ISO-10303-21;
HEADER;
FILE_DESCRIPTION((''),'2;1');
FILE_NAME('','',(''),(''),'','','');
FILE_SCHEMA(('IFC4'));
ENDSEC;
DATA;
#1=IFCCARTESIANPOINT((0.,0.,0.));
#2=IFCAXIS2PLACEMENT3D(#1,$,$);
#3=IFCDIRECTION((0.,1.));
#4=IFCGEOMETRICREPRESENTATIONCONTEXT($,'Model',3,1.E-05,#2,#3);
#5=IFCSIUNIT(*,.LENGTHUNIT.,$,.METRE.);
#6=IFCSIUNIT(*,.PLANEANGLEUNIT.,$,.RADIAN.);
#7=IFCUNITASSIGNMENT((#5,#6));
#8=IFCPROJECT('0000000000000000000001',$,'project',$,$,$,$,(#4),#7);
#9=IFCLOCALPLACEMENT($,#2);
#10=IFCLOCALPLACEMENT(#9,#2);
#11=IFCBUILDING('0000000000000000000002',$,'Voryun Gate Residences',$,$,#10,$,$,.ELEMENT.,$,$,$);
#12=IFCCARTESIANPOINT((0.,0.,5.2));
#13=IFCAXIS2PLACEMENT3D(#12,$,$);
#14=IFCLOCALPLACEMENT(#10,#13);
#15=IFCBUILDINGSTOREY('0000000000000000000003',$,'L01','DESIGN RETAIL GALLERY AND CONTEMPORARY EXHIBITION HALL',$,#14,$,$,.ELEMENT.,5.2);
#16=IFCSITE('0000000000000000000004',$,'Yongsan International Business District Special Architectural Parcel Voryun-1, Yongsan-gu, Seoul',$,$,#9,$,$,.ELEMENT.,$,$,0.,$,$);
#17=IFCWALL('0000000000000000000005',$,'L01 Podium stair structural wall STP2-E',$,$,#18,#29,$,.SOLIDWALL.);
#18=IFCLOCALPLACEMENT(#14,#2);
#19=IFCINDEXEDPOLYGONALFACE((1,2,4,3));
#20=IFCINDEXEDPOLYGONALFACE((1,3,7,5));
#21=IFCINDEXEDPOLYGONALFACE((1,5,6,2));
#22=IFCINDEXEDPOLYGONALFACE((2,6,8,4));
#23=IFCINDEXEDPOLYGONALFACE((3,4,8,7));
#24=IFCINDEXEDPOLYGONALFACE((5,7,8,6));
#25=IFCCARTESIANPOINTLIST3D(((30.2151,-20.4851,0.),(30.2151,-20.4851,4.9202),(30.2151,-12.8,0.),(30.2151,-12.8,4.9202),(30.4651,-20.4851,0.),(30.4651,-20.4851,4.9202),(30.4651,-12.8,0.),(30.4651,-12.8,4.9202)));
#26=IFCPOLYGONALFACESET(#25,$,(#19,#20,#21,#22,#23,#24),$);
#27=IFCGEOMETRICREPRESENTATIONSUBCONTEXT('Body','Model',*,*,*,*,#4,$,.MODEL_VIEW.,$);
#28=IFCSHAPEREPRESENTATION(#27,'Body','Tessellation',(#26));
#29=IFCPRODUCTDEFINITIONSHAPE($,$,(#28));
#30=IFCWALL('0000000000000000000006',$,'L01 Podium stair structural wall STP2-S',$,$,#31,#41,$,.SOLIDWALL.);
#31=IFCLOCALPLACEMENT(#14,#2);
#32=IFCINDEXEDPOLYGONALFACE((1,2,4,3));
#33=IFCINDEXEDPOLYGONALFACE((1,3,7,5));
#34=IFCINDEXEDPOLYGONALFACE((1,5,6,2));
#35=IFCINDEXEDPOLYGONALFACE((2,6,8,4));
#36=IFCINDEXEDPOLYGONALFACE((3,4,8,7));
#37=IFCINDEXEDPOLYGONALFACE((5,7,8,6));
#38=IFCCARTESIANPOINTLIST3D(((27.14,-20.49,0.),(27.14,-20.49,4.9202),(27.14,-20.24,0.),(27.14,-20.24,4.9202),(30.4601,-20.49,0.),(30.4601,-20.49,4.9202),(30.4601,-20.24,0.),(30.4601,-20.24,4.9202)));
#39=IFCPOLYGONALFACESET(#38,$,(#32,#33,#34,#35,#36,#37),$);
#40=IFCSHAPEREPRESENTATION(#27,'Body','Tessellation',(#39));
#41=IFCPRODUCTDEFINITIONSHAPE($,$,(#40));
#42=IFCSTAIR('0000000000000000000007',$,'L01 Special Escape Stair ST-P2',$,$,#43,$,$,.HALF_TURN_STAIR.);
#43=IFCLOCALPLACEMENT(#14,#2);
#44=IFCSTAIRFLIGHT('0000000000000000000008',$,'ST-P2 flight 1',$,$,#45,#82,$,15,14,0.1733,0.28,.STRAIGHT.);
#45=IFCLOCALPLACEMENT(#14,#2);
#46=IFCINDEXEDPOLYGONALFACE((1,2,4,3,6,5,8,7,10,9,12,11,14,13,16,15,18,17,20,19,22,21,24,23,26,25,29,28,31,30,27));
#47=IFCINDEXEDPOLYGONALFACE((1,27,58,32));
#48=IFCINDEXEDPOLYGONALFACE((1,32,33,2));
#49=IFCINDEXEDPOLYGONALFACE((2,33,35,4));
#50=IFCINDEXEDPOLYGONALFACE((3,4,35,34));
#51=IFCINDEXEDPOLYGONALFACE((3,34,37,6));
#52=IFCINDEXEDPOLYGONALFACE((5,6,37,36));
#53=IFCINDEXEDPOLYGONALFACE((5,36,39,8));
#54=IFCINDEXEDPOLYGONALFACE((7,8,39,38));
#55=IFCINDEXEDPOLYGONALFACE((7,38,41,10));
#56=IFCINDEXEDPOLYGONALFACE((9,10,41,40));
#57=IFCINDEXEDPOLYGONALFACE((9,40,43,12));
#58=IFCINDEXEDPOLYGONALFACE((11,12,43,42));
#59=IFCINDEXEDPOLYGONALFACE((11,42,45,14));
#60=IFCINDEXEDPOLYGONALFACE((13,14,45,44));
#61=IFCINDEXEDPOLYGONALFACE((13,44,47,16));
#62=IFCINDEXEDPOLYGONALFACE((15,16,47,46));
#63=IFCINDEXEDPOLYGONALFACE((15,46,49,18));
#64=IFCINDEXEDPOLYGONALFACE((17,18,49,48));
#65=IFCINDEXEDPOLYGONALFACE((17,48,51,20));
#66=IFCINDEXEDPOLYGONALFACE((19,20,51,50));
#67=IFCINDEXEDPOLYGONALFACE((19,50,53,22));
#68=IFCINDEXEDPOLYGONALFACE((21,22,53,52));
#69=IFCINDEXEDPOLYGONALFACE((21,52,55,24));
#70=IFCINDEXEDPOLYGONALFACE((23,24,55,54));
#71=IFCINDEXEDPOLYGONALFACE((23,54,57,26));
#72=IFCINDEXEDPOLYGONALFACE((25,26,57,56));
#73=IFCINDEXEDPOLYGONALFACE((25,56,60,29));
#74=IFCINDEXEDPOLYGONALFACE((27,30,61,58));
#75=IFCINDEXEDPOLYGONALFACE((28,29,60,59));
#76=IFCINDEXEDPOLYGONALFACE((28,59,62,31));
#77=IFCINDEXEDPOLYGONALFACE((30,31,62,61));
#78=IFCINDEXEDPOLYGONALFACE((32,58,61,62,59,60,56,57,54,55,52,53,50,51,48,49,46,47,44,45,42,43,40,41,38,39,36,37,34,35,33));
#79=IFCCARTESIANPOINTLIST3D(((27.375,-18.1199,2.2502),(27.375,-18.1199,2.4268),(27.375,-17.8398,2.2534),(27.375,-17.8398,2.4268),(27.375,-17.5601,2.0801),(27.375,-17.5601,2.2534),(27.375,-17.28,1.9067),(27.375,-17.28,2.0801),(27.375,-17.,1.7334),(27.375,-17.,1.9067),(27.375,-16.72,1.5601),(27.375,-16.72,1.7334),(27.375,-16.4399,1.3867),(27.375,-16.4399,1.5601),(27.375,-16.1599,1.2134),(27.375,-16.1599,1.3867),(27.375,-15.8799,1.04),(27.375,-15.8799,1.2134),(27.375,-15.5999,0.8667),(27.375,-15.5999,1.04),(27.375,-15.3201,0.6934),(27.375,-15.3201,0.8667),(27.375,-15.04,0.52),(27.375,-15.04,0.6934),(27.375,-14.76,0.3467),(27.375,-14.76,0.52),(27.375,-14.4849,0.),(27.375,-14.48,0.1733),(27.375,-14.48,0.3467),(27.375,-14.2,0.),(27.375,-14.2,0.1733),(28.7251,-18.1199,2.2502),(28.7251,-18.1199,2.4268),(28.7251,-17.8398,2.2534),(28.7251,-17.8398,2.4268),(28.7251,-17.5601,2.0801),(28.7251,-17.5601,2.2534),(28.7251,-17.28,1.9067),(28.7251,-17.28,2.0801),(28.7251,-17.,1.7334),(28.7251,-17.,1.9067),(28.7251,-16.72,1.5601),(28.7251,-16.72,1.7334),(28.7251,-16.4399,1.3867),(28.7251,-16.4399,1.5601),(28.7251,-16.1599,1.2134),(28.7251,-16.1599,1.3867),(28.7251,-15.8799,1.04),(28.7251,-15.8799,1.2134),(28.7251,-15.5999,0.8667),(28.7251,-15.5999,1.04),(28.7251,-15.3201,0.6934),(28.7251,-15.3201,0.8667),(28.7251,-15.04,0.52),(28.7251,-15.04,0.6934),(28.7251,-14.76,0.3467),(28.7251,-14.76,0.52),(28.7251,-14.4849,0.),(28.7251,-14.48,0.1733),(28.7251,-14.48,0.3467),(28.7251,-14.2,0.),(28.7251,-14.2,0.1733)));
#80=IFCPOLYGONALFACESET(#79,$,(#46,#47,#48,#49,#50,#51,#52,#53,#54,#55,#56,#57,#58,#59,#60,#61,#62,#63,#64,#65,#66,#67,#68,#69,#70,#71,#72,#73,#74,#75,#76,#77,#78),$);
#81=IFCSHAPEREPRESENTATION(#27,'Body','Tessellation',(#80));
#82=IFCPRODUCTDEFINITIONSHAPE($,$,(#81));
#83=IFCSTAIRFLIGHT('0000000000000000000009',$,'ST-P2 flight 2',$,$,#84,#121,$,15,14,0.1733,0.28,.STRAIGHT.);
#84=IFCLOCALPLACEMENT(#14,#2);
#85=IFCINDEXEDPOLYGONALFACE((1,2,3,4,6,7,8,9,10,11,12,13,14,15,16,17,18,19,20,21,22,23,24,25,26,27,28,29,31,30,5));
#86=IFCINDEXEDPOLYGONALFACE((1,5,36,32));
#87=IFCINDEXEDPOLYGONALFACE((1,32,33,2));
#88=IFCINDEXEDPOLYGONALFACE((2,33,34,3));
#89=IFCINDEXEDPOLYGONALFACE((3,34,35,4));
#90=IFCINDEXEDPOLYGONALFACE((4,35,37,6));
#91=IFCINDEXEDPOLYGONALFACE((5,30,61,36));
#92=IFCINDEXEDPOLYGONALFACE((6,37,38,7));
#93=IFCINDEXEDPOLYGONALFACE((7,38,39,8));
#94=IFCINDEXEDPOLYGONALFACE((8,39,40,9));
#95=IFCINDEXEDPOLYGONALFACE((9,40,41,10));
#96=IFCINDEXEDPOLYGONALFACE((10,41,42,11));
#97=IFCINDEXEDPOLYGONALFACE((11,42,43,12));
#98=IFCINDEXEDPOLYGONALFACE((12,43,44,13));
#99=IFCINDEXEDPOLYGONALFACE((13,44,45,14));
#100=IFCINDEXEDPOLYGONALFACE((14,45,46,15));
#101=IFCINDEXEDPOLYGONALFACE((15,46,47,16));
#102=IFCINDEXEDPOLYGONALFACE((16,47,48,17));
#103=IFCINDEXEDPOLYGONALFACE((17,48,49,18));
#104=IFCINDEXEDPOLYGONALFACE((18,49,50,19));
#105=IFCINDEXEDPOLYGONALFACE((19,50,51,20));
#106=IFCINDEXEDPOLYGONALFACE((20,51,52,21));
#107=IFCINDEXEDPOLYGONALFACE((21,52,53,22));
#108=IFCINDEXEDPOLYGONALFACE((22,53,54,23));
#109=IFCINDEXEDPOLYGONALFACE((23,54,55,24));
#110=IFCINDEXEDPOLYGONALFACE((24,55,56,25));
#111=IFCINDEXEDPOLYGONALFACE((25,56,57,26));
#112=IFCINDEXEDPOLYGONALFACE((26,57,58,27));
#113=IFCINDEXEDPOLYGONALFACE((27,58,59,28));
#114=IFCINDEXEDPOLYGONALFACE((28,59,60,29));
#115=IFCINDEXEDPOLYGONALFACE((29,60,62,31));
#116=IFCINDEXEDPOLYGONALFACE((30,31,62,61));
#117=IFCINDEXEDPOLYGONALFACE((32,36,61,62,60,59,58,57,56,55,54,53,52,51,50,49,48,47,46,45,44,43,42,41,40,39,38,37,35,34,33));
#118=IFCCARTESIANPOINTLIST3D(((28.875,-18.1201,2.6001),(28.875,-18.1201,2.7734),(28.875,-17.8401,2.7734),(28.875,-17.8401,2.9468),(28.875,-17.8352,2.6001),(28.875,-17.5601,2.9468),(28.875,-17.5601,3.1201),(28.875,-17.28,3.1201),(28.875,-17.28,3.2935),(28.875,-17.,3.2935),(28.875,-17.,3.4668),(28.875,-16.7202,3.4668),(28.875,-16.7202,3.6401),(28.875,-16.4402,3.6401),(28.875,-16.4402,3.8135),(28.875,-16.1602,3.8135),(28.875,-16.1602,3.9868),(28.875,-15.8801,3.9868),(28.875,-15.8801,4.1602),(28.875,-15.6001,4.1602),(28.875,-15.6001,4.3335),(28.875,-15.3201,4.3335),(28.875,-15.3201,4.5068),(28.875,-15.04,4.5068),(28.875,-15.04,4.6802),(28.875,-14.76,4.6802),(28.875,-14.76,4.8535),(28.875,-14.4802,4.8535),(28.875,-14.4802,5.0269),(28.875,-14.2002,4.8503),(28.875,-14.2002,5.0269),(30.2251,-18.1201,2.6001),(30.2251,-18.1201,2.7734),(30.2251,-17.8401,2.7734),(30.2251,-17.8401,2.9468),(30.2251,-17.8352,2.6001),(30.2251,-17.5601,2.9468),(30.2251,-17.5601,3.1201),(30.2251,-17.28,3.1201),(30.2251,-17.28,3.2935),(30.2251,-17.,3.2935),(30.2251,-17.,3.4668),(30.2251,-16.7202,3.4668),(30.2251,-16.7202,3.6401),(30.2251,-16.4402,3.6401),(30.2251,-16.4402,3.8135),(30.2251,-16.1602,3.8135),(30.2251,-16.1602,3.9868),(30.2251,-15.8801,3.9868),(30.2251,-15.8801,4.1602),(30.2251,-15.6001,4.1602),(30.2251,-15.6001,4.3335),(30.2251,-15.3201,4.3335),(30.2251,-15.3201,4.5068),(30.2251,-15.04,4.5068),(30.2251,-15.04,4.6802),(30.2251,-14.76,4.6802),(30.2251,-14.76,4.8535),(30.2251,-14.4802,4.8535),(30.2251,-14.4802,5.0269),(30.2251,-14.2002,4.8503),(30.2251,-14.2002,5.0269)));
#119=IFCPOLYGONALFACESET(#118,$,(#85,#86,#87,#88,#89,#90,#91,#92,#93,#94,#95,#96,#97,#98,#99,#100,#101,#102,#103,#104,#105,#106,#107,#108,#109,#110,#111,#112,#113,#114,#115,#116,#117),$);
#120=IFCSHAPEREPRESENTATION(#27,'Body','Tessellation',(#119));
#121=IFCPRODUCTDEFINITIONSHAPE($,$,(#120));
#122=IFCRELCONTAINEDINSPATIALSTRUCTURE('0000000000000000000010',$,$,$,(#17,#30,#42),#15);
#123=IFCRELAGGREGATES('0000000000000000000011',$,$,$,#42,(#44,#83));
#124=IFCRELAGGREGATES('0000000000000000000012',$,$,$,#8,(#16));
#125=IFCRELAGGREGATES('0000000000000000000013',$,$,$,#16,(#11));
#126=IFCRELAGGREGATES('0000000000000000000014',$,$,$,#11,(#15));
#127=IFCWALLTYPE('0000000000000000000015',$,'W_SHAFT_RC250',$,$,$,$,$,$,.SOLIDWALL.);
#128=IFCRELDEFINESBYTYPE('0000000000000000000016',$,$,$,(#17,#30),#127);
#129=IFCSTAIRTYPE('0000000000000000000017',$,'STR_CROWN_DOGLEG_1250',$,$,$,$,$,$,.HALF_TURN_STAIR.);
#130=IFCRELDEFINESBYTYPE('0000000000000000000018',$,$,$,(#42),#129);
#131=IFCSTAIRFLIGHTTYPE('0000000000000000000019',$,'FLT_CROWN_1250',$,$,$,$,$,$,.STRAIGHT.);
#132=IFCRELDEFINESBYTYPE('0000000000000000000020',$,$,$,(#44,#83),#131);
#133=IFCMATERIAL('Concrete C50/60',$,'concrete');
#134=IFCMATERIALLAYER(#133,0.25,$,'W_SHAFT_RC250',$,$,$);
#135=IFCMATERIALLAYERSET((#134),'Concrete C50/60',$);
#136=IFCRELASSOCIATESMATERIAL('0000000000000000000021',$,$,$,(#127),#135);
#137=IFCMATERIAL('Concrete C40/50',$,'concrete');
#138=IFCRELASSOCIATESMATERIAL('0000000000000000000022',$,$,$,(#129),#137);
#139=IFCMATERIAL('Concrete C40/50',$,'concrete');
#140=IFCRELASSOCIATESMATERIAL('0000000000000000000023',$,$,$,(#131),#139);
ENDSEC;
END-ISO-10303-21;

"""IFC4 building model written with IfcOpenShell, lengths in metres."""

from ifc_helpers import new_model, si_unit, direction, frame, frame_2d, origin, place, context, subcontext, project, spatial, polyline, rectangle, outline, extrude, material, layer, layer_set, type_object, element, aggregate, save


model = new_model("IFC4")

# Units and contexts
model_context = context("Model", 3, precision=1e-05, world=origin(), true_north=direction((0.0, 1.0)))
body_context = subcontext(model_context, "Body", "Model", "MODEL_VIEW")
ifc_project = project(units=[si_unit("LENGTHUNIT", "METRE"), si_unit("PLANEANGLEUNIT", "RADIAN")], contexts=[model_context])

# Site, building, storey
site_placement = place(None, origin())
site = spatial("IfcSite", under=ifc_project, at=site_placement, Name="Yongsan International Business District Special Architectural Parcel Voryun-1, Yongsan-gu, Seoul", CompositionType="ELEMENT", RefElevation=0.0)
building_placement = place(site_placement, origin())
building = spatial("IfcBuilding", under=site, at=building_placement, Name="Voryun Gate Residences", CompositionType="ELEMENT")
storey_placement = place(building_placement, frame((0.0, 0.0, 5.2)))
storey = spatial("IfcBuildingStorey", under=building, at=storey_placement, Name="L01", Description="DESIGN RETAIL GALLERY AND CONTEMPORARY EXHIBITION HALL", CompositionType="ELEMENT", Elevation=5.2)

# Walls
ifc_material_1 = material(Name="Concrete C50/60", Category="concrete")
ifc_layer_1 = layer(ifc_material_1, 0.25, Name="W_SHAFT_RC250")
ifc_layer_set_1 = layer_set([ifc_layer_1], Name="Concrete C50/60")
wall_type_1 = type_object("IfcWallType", Name="W_SHAFT_RC250", PredefinedType="SOLIDWALL", material=ifc_layer_set_1)
for number, where, z_axis, x_axis, name in (
    (1, (30.3401, -20.4851, 0.0), (0.0, 0.0, 1.0), (0.0, 1.0, 0.0), "L01 Podium stair structural wall STP2-E"),
):
    element("IfcWall", number, at=place(storey_placement, frame(where, z_axis=z_axis, x_axis=x_axis)), inside=storey, type_object=wall_type_1, Name=name, PredefinedType="SOLIDWALL", context=body_context, shape_type="SweptSolid", body=[
        extrude(rectangle(XDim=7.6851, YDim=0.25, at=frame_2d((3.8425, 0.0))), origin(), (0.0, 0.0, 1.0), 4.9202),
    ])
wall_1_placement = place(storey_placement, frame((27.1399, -20.365, 0.0), z_axis=(0.0, 0.0, 1.0), x_axis=(1.0, 0.0, 0.0)))
element("IfcWall", 2, at=wall_1_placement, inside=storey, type_object=wall_type_1, Name="L01 Podium stair structural wall STP2-S", PredefinedType="SOLIDWALL", context=body_context, shape_type="SweptSolid", body=[
    extrude(rectangle(XDim=3.3201, YDim=0.25, at=frame_2d((1.6602, 0.0))), origin(), (0.0, 0.0, 1.0), 4.9202),
])

# Stair, stair flights
ifc_material_2 = material(Name="Concrete C40/50", Category="concrete")
stair_type = type_object("IfcStairType", Name="STR_CROWN_DOGLEG_1250", PredefinedType="HALF_TURN_STAIR", material=ifc_material_2)
stair_placement = place(storey_placement, origin())
stair = element("IfcStair", 3, at=stair_placement, inside=storey, type_object=stair_type, Name="L01 Special Escape Stair ST-P2", PredefinedType="HALF_TURN_STAIR")
ifc_material_3 = material(Name="Concrete C40/50", Category="concrete")
stair_flight_type = type_object("IfcStairFlightType", Name="FLT_CROWN_1250", PredefinedType="STRAIGHT", material=ifc_material_3)
stair_flight_1_placement = place(storey_placement, frame((28.05, -14.2, 0.0), z_axis=(0.0, 0.0, 1.0), x_axis=(0.0, -1.0, 0.0)))
stair_flight_1 = element("IfcStairFlight", 4, at=stair_flight_1_placement, type_object=stair_flight_type, Name="ST-P2 flight 1", NumberOfRisers=15, NumberOfTreads=14, PredefinedType="STRAIGHT", RiserHeight=0.1733, TreadLength=0.28, context=body_context, shape_type="SweptSolid", body=[
    extrude(outline(polyline([(0.0, 0.0), (0.0, 0.1733), (0.28, 0.1733), (0.28, 0.3467), (0.5601, 0.3467), (0.5601, 0.52), (0.8401, 0.52), (0.8401, 0.6934), (1.1201, 0.6934), (1.1201, 0.8667), (1.3999, 0.8667), (1.3999, 1.04), (1.6799, 1.04), (1.6799, 1.2134), (1.96, 1.2134), (1.96, 1.3867), (2.24, 1.3867), (2.24, 1.5601), (2.52, 1.5601), (2.52, 1.7334), (2.8, 1.7334), (2.8, 1.9067), (3.0801, 1.9067), (3.0801, 2.0801), (3.3601, 2.0801), (3.3601, 2.2534), (3.6399, 2.2534), (3.6399, 2.4268), (3.9199, 2.4268), (3.9199, 2.6001), (3.9199, 2.2502), (0.2849, 0.0), (0.0, 0.0)])), frame((0.0, 0.675, 0.0), z_axis=(0.0, -1.0, 0.0), x_axis=(1.0, 0.0, 0.0)), (0.0, 0.0, 1.0), 1.3501),
])
stair_flight_2_placement = place(storey_placement, frame((29.55, -18.1201, 2.6001), z_axis=(0.0, 0.0, 1.0), x_axis=(0.0, 1.0, 0.0)))
stair_flight_2 = element("IfcStairFlight", 5, at=stair_flight_2_placement, type_object=stair_flight_type, Name="ST-P2 flight 2", NumberOfRisers=15, NumberOfTreads=14, PredefinedType="STRAIGHT", RiserHeight=0.1733, TreadLength=0.28, context=body_context, shape_type="SweptSolid", body=[
    extrude(outline(polyline([(0.0, 0.0), (0.0, 0.1733), (0.28, 0.1733), (0.28, 0.3467), (0.5601, 0.3467), (0.5601, 0.52), (0.8401, 0.52), (0.8401, 0.6934), (1.1201, 0.6934), (1.1201, 0.8667), (1.3999, 0.8667), (1.3999, 1.04), (1.6799, 1.04), (1.6799, 1.2134), (1.96, 1.2134), (1.96, 1.3867), (2.24, 1.3867), (2.24, 1.5601), (2.52, 1.5601), (2.52, 1.7334), (2.8, 1.7334), (2.8, 1.9067), (3.0801, 1.9067), (3.0801, 2.0801), (3.3601, 2.0801), (3.3601, 2.2534), (3.6399, 2.2534), (3.6399, 2.4268), (3.9199, 2.4268), (3.9199, 2.6001), (3.9199, 2.2502), (0.2849, 0.0), (0.0, 0.0)])), frame((0.0, 0.675, 0.0), z_axis=(0.0, -1.0, 0.0), x_axis=(1.0, 0.0, 0.0)), (0.0, 0.0, 1.0), 1.3501),
])
aggregate(stair, [stair_flight_1, stair_flight_2])

save(model, "model.ifc")
